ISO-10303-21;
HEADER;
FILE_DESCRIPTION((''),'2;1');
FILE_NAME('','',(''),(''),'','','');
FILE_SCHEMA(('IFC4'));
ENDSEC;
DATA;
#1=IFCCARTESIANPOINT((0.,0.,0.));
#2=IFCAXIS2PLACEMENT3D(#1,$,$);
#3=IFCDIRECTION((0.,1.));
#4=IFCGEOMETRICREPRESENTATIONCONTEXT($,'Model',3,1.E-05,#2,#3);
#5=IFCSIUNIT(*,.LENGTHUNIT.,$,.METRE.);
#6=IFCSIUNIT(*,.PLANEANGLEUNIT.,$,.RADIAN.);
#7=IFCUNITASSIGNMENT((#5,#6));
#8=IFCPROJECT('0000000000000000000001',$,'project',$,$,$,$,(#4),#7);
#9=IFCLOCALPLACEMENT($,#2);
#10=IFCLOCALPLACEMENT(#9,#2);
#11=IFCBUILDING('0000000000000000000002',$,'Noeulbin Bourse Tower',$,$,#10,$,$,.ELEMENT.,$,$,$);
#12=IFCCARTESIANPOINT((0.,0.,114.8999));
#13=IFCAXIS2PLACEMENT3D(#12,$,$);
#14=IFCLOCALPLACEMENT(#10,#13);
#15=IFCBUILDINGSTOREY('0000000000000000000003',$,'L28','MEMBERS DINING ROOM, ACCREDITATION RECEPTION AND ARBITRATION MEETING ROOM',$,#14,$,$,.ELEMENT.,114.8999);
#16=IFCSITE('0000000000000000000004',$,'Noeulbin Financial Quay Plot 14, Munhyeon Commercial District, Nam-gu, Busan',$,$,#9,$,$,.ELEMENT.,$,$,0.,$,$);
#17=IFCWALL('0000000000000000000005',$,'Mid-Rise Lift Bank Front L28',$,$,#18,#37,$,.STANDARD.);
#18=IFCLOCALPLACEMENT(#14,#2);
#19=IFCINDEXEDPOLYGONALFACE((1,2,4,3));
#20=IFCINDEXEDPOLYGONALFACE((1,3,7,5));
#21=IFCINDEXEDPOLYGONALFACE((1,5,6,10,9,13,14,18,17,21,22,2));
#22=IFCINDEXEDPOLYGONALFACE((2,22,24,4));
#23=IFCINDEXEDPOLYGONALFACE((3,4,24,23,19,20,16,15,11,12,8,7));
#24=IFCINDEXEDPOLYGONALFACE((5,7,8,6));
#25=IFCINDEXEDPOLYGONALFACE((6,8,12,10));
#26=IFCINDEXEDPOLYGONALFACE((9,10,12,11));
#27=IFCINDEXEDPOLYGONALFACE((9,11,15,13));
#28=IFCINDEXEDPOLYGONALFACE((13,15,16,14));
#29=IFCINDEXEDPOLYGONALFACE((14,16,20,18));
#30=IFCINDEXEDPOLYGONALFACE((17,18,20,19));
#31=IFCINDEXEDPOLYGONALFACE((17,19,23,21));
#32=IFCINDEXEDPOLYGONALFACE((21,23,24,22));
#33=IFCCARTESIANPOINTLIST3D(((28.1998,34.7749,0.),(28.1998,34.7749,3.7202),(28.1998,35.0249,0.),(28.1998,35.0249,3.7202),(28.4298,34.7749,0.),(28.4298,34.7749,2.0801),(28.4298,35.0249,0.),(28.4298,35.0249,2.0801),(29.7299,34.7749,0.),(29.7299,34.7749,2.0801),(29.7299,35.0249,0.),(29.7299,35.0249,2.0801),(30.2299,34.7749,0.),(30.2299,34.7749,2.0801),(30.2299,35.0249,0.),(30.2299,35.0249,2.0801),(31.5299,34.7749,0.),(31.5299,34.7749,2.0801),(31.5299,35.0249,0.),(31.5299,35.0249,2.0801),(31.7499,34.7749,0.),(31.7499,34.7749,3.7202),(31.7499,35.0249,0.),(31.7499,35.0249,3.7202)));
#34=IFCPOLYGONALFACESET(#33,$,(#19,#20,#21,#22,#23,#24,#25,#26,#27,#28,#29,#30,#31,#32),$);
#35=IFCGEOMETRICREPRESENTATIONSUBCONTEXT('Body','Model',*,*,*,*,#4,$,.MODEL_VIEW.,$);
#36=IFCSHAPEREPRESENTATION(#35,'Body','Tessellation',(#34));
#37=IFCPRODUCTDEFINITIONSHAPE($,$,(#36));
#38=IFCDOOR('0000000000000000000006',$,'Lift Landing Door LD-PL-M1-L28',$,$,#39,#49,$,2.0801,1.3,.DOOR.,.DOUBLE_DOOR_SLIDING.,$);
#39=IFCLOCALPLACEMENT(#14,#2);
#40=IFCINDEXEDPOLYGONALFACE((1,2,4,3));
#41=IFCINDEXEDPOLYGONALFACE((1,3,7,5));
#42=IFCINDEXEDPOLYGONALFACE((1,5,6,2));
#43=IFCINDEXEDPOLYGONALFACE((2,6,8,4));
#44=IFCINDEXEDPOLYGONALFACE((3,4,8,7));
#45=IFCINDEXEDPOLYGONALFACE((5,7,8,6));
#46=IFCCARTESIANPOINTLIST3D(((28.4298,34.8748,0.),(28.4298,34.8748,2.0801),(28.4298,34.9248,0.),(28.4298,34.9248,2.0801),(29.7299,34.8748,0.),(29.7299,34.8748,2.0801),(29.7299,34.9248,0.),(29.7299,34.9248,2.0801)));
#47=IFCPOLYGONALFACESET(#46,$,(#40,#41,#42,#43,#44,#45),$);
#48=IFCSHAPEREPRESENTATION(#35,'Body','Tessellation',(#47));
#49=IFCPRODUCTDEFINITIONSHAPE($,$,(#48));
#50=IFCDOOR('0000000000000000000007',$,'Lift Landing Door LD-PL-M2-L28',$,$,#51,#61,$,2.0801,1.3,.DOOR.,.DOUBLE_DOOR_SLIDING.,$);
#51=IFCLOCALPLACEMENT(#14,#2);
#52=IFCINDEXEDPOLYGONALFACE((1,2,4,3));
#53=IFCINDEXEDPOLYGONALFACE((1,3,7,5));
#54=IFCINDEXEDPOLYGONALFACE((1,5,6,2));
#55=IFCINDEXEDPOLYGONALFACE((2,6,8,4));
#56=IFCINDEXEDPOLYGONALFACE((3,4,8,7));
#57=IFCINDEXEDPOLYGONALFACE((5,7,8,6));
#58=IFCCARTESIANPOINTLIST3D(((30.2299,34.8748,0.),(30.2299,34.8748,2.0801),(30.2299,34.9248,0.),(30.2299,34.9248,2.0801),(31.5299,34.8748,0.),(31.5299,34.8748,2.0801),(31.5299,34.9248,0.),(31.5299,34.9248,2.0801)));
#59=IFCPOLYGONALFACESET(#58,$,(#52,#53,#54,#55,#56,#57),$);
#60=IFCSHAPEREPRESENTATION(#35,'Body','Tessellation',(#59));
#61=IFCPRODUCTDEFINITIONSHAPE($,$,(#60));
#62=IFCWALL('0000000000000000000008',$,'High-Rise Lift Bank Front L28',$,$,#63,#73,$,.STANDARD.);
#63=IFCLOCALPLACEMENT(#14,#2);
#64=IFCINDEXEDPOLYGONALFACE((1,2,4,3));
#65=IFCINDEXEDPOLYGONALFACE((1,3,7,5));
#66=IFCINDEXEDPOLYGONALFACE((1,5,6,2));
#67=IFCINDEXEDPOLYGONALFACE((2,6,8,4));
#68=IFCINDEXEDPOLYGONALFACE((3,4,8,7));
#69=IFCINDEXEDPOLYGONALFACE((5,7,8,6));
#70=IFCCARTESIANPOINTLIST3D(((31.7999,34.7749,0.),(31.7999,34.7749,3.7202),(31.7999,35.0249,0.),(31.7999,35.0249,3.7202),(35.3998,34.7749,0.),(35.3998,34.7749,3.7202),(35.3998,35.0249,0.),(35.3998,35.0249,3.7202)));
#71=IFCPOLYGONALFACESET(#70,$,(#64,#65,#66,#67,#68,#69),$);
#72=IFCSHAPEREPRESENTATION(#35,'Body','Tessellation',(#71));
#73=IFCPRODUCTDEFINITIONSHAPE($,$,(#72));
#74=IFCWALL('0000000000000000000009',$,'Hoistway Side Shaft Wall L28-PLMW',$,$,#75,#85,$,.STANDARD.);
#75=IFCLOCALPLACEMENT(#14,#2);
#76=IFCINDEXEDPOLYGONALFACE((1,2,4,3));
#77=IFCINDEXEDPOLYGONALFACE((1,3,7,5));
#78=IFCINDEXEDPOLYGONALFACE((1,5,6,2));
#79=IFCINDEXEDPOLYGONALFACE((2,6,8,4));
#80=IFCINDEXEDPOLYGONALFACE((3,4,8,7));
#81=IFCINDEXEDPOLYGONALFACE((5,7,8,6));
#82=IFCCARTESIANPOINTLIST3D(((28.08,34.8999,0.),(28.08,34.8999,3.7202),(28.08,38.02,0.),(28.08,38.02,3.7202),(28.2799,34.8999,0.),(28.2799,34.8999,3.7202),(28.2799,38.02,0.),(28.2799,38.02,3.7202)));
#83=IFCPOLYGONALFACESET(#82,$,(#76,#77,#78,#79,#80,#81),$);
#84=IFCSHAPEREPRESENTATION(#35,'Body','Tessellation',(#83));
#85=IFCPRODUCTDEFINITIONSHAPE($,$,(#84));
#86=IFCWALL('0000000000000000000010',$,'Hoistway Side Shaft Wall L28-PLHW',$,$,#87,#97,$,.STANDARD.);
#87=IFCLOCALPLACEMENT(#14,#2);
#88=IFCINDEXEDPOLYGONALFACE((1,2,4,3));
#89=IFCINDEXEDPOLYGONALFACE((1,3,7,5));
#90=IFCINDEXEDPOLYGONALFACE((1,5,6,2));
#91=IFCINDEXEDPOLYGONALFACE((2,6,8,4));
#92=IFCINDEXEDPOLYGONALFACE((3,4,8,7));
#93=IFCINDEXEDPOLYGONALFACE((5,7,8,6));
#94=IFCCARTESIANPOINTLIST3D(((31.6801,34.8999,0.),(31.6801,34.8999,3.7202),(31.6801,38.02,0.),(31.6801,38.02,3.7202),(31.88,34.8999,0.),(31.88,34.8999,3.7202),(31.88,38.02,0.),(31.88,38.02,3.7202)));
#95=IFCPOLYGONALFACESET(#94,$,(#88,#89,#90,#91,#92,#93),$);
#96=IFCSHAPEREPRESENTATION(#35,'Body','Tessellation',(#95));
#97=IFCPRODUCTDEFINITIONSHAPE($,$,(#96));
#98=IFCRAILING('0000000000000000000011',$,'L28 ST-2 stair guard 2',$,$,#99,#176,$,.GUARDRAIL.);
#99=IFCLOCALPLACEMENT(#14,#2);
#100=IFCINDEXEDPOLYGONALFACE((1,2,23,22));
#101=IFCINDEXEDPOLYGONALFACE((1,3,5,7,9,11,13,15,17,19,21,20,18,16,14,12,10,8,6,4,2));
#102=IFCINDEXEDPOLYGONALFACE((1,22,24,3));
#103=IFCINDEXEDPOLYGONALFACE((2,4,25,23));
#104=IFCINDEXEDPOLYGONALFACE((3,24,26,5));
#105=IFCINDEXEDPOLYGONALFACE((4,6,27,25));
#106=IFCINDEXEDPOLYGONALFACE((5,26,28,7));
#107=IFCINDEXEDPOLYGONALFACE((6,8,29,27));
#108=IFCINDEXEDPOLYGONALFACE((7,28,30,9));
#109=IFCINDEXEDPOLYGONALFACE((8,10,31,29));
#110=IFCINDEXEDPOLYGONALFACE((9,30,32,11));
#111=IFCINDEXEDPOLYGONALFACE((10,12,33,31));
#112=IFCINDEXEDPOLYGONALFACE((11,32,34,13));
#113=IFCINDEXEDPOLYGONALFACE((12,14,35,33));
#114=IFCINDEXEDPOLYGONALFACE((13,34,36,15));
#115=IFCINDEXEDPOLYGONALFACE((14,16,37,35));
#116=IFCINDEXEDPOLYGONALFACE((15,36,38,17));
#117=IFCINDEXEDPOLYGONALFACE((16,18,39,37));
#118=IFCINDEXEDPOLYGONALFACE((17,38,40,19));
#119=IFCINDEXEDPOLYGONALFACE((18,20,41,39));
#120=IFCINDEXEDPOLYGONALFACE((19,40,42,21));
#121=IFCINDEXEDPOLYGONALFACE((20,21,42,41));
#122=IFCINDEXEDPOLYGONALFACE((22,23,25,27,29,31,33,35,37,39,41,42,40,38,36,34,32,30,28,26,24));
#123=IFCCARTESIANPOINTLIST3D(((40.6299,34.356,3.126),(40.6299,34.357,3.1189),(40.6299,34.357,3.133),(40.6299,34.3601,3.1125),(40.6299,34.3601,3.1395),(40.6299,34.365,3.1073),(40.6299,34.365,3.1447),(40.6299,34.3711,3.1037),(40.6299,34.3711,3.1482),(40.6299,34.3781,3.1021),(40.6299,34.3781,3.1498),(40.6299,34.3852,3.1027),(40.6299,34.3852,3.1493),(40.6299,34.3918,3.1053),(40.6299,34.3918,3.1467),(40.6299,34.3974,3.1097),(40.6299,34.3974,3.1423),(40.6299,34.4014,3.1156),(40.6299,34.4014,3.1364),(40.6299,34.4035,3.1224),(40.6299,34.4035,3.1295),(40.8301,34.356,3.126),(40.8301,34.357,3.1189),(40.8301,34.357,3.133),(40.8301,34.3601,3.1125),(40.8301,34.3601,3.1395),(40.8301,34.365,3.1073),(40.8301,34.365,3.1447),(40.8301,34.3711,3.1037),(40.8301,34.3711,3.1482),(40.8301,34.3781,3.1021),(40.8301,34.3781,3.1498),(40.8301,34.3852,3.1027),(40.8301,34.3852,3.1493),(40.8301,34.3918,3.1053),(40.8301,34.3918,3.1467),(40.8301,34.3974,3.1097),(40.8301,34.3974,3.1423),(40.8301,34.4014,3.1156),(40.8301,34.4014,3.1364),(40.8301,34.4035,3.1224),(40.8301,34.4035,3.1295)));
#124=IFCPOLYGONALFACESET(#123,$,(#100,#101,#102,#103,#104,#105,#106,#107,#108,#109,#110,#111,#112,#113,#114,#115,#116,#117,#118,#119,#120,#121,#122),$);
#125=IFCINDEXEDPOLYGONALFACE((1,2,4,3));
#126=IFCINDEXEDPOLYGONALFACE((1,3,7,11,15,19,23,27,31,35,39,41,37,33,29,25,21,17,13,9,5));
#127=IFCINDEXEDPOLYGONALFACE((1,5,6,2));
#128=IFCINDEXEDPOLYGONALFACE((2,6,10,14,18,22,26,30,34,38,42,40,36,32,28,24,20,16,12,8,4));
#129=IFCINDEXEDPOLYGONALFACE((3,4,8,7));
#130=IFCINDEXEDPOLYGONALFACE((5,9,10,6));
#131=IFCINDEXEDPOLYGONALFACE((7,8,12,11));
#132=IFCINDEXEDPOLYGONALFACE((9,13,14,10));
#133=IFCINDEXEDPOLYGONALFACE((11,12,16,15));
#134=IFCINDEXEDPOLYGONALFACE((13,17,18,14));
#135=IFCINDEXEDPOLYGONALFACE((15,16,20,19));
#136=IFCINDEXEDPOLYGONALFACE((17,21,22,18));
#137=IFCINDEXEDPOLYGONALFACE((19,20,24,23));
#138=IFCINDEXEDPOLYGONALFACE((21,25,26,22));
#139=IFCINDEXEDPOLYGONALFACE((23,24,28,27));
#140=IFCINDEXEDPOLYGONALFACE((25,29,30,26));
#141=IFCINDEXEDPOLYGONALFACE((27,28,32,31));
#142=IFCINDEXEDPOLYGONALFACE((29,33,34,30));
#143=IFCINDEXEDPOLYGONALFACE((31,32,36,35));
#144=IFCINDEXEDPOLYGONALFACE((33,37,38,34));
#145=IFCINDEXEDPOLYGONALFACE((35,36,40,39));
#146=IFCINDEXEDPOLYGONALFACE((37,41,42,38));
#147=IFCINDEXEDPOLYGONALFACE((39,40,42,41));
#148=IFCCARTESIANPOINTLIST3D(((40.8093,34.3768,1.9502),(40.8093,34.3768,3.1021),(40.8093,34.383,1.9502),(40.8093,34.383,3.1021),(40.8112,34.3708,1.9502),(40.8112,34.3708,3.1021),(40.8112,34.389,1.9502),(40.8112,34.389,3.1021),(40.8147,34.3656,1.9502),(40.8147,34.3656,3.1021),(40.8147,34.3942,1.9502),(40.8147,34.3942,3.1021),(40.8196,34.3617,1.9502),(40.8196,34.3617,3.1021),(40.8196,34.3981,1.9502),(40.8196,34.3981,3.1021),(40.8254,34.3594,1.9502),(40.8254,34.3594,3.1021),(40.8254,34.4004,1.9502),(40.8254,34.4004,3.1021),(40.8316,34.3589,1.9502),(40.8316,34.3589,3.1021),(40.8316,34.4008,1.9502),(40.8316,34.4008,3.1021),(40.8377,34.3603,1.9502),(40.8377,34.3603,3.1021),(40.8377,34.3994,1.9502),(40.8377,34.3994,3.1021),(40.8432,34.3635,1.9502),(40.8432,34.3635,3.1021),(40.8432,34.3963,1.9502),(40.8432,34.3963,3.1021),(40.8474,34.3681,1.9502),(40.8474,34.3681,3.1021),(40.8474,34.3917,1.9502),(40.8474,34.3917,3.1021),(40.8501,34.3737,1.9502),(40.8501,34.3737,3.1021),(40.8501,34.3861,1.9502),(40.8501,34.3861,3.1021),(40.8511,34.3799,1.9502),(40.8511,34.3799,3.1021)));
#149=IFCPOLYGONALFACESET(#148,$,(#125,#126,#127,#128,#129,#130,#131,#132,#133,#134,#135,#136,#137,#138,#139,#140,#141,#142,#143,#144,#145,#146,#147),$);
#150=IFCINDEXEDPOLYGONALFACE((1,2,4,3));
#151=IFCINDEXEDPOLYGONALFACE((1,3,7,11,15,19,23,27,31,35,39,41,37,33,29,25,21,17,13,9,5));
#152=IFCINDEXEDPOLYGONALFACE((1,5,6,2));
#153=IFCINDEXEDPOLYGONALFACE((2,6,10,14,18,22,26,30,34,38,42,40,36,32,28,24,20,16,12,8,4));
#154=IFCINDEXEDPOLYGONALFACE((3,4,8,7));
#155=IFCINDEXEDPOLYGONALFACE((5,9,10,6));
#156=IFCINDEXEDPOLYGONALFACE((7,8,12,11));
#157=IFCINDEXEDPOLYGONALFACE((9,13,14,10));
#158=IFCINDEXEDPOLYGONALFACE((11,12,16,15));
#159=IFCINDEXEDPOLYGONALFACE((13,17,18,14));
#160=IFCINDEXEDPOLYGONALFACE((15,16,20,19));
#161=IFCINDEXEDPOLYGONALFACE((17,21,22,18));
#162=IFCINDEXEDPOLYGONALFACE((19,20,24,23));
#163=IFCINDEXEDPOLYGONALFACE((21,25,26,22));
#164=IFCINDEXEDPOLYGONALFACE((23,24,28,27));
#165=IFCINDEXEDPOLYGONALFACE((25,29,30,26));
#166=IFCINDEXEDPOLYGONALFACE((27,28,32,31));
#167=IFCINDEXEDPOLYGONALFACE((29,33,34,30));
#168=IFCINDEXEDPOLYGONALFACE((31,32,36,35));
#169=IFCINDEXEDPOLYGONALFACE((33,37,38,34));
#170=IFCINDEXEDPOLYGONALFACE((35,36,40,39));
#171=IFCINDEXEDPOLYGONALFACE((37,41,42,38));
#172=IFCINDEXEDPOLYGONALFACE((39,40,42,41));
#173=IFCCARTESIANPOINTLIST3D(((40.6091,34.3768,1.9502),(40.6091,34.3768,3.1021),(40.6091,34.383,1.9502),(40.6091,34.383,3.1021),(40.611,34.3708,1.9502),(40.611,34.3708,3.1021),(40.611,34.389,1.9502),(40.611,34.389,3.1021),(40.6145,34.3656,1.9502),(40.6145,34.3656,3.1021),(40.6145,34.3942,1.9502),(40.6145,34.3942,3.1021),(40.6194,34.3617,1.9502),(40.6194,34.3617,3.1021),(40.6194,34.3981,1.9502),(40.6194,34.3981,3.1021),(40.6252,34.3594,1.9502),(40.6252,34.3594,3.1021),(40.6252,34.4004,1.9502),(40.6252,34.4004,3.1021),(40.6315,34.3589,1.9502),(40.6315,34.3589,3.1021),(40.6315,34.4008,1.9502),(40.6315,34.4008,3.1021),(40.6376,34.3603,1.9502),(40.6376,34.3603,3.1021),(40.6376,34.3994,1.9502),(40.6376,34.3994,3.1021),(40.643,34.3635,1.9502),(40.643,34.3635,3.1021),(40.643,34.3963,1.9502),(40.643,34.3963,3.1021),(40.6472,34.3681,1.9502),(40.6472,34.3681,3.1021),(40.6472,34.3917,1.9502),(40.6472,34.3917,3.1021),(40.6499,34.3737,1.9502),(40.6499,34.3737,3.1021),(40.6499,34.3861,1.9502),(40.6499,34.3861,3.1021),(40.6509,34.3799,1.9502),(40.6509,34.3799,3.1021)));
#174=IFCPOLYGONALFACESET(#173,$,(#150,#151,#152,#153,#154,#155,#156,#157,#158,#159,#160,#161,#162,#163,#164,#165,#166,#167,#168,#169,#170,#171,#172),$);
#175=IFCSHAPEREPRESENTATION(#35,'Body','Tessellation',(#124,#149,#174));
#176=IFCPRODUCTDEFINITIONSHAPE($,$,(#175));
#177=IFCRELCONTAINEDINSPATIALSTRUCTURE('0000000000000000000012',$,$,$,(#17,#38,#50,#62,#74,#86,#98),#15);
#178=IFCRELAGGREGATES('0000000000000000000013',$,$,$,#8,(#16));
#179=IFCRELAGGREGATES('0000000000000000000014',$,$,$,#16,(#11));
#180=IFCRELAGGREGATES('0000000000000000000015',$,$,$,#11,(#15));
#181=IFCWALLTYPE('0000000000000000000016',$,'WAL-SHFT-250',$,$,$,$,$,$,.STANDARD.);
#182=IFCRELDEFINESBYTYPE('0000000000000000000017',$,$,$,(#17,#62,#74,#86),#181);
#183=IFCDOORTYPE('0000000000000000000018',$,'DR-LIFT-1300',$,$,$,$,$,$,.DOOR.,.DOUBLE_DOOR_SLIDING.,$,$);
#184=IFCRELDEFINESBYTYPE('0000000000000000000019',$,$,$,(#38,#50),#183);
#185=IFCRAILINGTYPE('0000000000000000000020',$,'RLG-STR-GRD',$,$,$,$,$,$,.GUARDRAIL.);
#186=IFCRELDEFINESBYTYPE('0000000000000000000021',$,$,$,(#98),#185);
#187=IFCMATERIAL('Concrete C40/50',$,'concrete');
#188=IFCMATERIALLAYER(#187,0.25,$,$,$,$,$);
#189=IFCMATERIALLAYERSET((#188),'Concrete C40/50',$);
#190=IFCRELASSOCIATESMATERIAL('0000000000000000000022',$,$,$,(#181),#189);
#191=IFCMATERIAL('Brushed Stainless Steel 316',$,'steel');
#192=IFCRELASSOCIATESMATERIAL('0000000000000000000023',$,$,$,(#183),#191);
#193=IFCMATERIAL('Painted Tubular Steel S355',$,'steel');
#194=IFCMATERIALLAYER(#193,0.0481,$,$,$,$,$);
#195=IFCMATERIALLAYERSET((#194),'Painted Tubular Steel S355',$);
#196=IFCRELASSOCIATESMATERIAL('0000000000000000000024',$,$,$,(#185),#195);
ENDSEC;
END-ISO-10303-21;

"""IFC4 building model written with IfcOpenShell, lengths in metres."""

from ifc_helpers import new_model, si_unit, direction, frame, frame_2d, origin, origin_2d, place, context, subcontext, project, spatial, rectangle, circle, extrude, material, layer, layer_set, type_object, element, fill, save


model = new_model("IFC4")

# Units and contexts
model_context = context("Model", 3, precision=1e-05, world=origin(), true_north=direction((0.0, 1.0)))
body_context = subcontext(model_context, "Body", "Model", "MODEL_VIEW")
ifc_project = project(units=[si_unit("LENGTHUNIT", "METRE"), si_unit("PLANEANGLEUNIT", "RADIAN")], contexts=[model_context])

# Site, building, storey
site_placement = place(None, origin())
site = spatial("IfcSite", under=ifc_project, at=site_placement, Name="Noeulbin Financial Quay Plot 14, Munhyeon Commercial District, Nam-gu, Busan", CompositionType="ELEMENT", RefElevation=0.0)
building_placement = place(site_placement, origin())
building = spatial("IfcBuilding", under=site, at=building_placement, Name="Noeulbin Bourse Tower", CompositionType="ELEMENT")
storey_placement = place(building_placement, frame((0.0, 0.0, 114.8999)))
storey = spatial("IfcBuildingStorey", under=building, at=storey_placement, Name="L28", Description="MEMBERS DINING ROOM, ACCREDITATION RECEPTION AND ARBITRATION MEETING ROOM", CompositionType="ELEMENT", Elevation=114.8999)

# Shared definitions
ifc_material_1 = material(Name="Concrete C40/50", Category="concrete")
ifc_layer_1 = layer(ifc_material_1, 0.25)
ifc_layer_set_1 = layer_set([ifc_layer_1], Name="Concrete C40/50")
wall_type = type_object("IfcWallType", Name="WAL-SHFT-250", PredefinedType="STANDARD", material=ifc_layer_set_1)

# Wall, openings, doors
wall_1_placement = place(storey_placement, frame((28.2, 34.8999, 0.0), z_axis=(0.0, 0.0, 1.0), x_axis=(1.0, 0.0, 0.0)))
wall_1 = element("IfcWall", 1, at=wall_1_placement, inside=storey, type_object=wall_type, Name="Mid-Rise Lift Bank Front L28", PredefinedType="STANDARD", context=body_context, shape_type="SweptSolid", body=[
    extrude(rectangle(XDim=3.55, YDim=0.25, at=frame_2d((1.7749, 0.0))), origin(), (0.0, 0.0, 1.0), 3.7202),
])
opening_1_placement = place(wall_1_placement, frame((0.23, 0.0, 0.0)))
opening_1 = element("IfcOpeningElement", 2, at=opening_1_placement, cuts=wall_1, PredefinedType="OPENING", context=body_context, shape_type="SweptSolid", body=[
    extrude(rectangle(XDim=1.3, YDim=2.0801, at=frame_2d((0.6499, 1.04))), frame((0.0, 0.135, 0.0), z_axis=(0.0, -1.0, 0.0), x_axis=(1.0, 0.0, 0.0)), (0.0, 0.0, 1.0), 0.27),
])
opening_2_placement = place(wall_1_placement, frame((2.03, 0.0, 0.0)))
opening_2 = element("IfcOpeningElement", 3, at=opening_2_placement, cuts=wall_1, PredefinedType="OPENING", context=body_context, shape_type="SweptSolid", body=[
    extrude(rectangle(XDim=1.3, YDim=2.0801, at=frame_2d((0.6499, 1.04))), frame((0.0, 0.135, 0.0), z_axis=(0.0, -1.0, 0.0), x_axis=(1.0, 0.0, 0.0)), (0.0, 0.0, 1.0), 0.27),
])
ifc_material_2 = material(Name="Brushed Stainless Steel 316", Category="steel")
door_type = type_object("IfcDoorType", Name="DR-LIFT-1300", OperationType="DOUBLE_DOOR_SLIDING", PredefinedType="DOOR", material=ifc_material_2)
door_1_placement = place(opening_1_placement, origin())
door_1 = element("IfcDoor", 4, at=door_1_placement, inside=storey, type_object=door_type, Name="Lift Landing Door LD-PL-M1-L28", OperationType="DOUBLE_DOOR_SLIDING", OverallHeight=2.0801, OverallWidth=1.3, PredefinedType="DOOR", context=body_context, shape_type="SweptSolid", body=[
    extrude(rectangle(XDim=1.3, YDim=2.0801, at=frame_2d((0.6499, 1.04))), frame((0.0, 0.0249, 0.0), z_axis=(0.0, -1.0, 0.0), x_axis=(1.0, 0.0, 0.0)), (0.0, 0.0, 1.0), 0.05),
])
fill(opening_1, door_1)
door_2_placement = place(opening_2_placement, origin())
door_2 = element("IfcDoor", 5, at=door_2_placement, inside=storey, type_object=door_type, Name="Lift Landing Door LD-PL-M2-L28", OperationType="DOUBLE_DOOR_SLIDING", OverallHeight=2.0801, OverallWidth=1.3, PredefinedType="DOOR", context=body_context, shape_type="SweptSolid", body=[
    extrude(rectangle(XDim=1.3, YDim=2.0801, at=frame_2d((0.6499, 1.04))), frame((0.0, 0.0249, 0.0), z_axis=(0.0, -1.0, 0.0), x_axis=(1.0, 0.0, 0.0)), (0.0, 0.0, 1.0), 0.05),
])
fill(opening_2, door_2)

# Walls
wall_2_placement = place(storey_placement, frame((31.8, 34.8999, 0.0), z_axis=(0.0, 0.0, 1.0), x_axis=(1.0, 0.0, 0.0)))
element("IfcWall", 6, at=wall_2_placement, inside=storey, type_object=wall_type, Name="High-Rise Lift Bank Front L28", PredefinedType="STANDARD", context=body_context, shape_type="SweptSolid", body=[
    extrude(rectangle(XDim=3.5999, YDim=0.25, at=frame_2d((1.7998, 0.0))), origin(), (0.0, 0.0, 1.0), 3.7202),
])
for number, where, z_axis, x_axis, name in (
    (7, (28.1799, 34.8999, 0.0), (0.0, 0.0, 1.0), (0.0, 1.0, 0.0), "Hoistway Side Shaft Wall L28-PLMW"),
    (8, (31.78, 34.8999, 0.0), (0.0, 0.0, 1.0), (0.0, 1.0, 0.0), "Hoistway Side Shaft Wall L28-PLHW"),
):
    element("IfcWall", number, at=place(storey_placement, frame(where, z_axis=z_axis, x_axis=x_axis)), inside=storey, type_object=wall_type, Name=name, PredefinedType="STANDARD", context=body_context, shape_type="SweptSolid", body=[
        extrude(rectangle(XDim=3.1201, YDim=0.2, at=frame_2d((1.5601, 0.0))), origin(), (0.0, 0.0, 1.0), 3.7202),
    ])

# Railing
ifc_material_3 = material(Name="Painted Tubular Steel S355", Category="steel")
ifc_layer_2 = layer(ifc_material_3, 0.0481)
ifc_layer_set_2 = layer_set([ifc_layer_2], Name="Painted Tubular Steel S355")
railing_type = type_object("IfcRailingType", Name="RLG-STR-GRD", PredefinedType="GUARDRAIL", material=ifc_layer_set_2)
railing_placement = place(storey_placement, frame((40.8301, 34.3799, 1.9502)))
element("IfcRailing", 9, at=railing_placement, inside=storey, type_object=railing_type, Name="L28 ST-2 stair guard 2", PredefinedType="GUARDRAIL", context=body_context, shape_type="SweptSolid", body=[
    extrude(circle(Radius=0.0239, at=origin_2d()), frame((0.0, 0.0, 1.1758), z_axis=(-1.0, 0.0, 0.0), x_axis=(0.0, -1.0, 0.0)), (0.0, 0.0, 1.0), 0.2002),
    extrude(circle(Radius=0.021, at=origin_2d()), origin(), (0.0, 0.0, 1.0), 1.1519),
    extrude(circle(Radius=0.021, at=origin_2d()), frame((-0.2002, 0.0, 0.0)), (0.0, 0.0, 1.0), 1.1519),
])

save(model, "model.ifc")
